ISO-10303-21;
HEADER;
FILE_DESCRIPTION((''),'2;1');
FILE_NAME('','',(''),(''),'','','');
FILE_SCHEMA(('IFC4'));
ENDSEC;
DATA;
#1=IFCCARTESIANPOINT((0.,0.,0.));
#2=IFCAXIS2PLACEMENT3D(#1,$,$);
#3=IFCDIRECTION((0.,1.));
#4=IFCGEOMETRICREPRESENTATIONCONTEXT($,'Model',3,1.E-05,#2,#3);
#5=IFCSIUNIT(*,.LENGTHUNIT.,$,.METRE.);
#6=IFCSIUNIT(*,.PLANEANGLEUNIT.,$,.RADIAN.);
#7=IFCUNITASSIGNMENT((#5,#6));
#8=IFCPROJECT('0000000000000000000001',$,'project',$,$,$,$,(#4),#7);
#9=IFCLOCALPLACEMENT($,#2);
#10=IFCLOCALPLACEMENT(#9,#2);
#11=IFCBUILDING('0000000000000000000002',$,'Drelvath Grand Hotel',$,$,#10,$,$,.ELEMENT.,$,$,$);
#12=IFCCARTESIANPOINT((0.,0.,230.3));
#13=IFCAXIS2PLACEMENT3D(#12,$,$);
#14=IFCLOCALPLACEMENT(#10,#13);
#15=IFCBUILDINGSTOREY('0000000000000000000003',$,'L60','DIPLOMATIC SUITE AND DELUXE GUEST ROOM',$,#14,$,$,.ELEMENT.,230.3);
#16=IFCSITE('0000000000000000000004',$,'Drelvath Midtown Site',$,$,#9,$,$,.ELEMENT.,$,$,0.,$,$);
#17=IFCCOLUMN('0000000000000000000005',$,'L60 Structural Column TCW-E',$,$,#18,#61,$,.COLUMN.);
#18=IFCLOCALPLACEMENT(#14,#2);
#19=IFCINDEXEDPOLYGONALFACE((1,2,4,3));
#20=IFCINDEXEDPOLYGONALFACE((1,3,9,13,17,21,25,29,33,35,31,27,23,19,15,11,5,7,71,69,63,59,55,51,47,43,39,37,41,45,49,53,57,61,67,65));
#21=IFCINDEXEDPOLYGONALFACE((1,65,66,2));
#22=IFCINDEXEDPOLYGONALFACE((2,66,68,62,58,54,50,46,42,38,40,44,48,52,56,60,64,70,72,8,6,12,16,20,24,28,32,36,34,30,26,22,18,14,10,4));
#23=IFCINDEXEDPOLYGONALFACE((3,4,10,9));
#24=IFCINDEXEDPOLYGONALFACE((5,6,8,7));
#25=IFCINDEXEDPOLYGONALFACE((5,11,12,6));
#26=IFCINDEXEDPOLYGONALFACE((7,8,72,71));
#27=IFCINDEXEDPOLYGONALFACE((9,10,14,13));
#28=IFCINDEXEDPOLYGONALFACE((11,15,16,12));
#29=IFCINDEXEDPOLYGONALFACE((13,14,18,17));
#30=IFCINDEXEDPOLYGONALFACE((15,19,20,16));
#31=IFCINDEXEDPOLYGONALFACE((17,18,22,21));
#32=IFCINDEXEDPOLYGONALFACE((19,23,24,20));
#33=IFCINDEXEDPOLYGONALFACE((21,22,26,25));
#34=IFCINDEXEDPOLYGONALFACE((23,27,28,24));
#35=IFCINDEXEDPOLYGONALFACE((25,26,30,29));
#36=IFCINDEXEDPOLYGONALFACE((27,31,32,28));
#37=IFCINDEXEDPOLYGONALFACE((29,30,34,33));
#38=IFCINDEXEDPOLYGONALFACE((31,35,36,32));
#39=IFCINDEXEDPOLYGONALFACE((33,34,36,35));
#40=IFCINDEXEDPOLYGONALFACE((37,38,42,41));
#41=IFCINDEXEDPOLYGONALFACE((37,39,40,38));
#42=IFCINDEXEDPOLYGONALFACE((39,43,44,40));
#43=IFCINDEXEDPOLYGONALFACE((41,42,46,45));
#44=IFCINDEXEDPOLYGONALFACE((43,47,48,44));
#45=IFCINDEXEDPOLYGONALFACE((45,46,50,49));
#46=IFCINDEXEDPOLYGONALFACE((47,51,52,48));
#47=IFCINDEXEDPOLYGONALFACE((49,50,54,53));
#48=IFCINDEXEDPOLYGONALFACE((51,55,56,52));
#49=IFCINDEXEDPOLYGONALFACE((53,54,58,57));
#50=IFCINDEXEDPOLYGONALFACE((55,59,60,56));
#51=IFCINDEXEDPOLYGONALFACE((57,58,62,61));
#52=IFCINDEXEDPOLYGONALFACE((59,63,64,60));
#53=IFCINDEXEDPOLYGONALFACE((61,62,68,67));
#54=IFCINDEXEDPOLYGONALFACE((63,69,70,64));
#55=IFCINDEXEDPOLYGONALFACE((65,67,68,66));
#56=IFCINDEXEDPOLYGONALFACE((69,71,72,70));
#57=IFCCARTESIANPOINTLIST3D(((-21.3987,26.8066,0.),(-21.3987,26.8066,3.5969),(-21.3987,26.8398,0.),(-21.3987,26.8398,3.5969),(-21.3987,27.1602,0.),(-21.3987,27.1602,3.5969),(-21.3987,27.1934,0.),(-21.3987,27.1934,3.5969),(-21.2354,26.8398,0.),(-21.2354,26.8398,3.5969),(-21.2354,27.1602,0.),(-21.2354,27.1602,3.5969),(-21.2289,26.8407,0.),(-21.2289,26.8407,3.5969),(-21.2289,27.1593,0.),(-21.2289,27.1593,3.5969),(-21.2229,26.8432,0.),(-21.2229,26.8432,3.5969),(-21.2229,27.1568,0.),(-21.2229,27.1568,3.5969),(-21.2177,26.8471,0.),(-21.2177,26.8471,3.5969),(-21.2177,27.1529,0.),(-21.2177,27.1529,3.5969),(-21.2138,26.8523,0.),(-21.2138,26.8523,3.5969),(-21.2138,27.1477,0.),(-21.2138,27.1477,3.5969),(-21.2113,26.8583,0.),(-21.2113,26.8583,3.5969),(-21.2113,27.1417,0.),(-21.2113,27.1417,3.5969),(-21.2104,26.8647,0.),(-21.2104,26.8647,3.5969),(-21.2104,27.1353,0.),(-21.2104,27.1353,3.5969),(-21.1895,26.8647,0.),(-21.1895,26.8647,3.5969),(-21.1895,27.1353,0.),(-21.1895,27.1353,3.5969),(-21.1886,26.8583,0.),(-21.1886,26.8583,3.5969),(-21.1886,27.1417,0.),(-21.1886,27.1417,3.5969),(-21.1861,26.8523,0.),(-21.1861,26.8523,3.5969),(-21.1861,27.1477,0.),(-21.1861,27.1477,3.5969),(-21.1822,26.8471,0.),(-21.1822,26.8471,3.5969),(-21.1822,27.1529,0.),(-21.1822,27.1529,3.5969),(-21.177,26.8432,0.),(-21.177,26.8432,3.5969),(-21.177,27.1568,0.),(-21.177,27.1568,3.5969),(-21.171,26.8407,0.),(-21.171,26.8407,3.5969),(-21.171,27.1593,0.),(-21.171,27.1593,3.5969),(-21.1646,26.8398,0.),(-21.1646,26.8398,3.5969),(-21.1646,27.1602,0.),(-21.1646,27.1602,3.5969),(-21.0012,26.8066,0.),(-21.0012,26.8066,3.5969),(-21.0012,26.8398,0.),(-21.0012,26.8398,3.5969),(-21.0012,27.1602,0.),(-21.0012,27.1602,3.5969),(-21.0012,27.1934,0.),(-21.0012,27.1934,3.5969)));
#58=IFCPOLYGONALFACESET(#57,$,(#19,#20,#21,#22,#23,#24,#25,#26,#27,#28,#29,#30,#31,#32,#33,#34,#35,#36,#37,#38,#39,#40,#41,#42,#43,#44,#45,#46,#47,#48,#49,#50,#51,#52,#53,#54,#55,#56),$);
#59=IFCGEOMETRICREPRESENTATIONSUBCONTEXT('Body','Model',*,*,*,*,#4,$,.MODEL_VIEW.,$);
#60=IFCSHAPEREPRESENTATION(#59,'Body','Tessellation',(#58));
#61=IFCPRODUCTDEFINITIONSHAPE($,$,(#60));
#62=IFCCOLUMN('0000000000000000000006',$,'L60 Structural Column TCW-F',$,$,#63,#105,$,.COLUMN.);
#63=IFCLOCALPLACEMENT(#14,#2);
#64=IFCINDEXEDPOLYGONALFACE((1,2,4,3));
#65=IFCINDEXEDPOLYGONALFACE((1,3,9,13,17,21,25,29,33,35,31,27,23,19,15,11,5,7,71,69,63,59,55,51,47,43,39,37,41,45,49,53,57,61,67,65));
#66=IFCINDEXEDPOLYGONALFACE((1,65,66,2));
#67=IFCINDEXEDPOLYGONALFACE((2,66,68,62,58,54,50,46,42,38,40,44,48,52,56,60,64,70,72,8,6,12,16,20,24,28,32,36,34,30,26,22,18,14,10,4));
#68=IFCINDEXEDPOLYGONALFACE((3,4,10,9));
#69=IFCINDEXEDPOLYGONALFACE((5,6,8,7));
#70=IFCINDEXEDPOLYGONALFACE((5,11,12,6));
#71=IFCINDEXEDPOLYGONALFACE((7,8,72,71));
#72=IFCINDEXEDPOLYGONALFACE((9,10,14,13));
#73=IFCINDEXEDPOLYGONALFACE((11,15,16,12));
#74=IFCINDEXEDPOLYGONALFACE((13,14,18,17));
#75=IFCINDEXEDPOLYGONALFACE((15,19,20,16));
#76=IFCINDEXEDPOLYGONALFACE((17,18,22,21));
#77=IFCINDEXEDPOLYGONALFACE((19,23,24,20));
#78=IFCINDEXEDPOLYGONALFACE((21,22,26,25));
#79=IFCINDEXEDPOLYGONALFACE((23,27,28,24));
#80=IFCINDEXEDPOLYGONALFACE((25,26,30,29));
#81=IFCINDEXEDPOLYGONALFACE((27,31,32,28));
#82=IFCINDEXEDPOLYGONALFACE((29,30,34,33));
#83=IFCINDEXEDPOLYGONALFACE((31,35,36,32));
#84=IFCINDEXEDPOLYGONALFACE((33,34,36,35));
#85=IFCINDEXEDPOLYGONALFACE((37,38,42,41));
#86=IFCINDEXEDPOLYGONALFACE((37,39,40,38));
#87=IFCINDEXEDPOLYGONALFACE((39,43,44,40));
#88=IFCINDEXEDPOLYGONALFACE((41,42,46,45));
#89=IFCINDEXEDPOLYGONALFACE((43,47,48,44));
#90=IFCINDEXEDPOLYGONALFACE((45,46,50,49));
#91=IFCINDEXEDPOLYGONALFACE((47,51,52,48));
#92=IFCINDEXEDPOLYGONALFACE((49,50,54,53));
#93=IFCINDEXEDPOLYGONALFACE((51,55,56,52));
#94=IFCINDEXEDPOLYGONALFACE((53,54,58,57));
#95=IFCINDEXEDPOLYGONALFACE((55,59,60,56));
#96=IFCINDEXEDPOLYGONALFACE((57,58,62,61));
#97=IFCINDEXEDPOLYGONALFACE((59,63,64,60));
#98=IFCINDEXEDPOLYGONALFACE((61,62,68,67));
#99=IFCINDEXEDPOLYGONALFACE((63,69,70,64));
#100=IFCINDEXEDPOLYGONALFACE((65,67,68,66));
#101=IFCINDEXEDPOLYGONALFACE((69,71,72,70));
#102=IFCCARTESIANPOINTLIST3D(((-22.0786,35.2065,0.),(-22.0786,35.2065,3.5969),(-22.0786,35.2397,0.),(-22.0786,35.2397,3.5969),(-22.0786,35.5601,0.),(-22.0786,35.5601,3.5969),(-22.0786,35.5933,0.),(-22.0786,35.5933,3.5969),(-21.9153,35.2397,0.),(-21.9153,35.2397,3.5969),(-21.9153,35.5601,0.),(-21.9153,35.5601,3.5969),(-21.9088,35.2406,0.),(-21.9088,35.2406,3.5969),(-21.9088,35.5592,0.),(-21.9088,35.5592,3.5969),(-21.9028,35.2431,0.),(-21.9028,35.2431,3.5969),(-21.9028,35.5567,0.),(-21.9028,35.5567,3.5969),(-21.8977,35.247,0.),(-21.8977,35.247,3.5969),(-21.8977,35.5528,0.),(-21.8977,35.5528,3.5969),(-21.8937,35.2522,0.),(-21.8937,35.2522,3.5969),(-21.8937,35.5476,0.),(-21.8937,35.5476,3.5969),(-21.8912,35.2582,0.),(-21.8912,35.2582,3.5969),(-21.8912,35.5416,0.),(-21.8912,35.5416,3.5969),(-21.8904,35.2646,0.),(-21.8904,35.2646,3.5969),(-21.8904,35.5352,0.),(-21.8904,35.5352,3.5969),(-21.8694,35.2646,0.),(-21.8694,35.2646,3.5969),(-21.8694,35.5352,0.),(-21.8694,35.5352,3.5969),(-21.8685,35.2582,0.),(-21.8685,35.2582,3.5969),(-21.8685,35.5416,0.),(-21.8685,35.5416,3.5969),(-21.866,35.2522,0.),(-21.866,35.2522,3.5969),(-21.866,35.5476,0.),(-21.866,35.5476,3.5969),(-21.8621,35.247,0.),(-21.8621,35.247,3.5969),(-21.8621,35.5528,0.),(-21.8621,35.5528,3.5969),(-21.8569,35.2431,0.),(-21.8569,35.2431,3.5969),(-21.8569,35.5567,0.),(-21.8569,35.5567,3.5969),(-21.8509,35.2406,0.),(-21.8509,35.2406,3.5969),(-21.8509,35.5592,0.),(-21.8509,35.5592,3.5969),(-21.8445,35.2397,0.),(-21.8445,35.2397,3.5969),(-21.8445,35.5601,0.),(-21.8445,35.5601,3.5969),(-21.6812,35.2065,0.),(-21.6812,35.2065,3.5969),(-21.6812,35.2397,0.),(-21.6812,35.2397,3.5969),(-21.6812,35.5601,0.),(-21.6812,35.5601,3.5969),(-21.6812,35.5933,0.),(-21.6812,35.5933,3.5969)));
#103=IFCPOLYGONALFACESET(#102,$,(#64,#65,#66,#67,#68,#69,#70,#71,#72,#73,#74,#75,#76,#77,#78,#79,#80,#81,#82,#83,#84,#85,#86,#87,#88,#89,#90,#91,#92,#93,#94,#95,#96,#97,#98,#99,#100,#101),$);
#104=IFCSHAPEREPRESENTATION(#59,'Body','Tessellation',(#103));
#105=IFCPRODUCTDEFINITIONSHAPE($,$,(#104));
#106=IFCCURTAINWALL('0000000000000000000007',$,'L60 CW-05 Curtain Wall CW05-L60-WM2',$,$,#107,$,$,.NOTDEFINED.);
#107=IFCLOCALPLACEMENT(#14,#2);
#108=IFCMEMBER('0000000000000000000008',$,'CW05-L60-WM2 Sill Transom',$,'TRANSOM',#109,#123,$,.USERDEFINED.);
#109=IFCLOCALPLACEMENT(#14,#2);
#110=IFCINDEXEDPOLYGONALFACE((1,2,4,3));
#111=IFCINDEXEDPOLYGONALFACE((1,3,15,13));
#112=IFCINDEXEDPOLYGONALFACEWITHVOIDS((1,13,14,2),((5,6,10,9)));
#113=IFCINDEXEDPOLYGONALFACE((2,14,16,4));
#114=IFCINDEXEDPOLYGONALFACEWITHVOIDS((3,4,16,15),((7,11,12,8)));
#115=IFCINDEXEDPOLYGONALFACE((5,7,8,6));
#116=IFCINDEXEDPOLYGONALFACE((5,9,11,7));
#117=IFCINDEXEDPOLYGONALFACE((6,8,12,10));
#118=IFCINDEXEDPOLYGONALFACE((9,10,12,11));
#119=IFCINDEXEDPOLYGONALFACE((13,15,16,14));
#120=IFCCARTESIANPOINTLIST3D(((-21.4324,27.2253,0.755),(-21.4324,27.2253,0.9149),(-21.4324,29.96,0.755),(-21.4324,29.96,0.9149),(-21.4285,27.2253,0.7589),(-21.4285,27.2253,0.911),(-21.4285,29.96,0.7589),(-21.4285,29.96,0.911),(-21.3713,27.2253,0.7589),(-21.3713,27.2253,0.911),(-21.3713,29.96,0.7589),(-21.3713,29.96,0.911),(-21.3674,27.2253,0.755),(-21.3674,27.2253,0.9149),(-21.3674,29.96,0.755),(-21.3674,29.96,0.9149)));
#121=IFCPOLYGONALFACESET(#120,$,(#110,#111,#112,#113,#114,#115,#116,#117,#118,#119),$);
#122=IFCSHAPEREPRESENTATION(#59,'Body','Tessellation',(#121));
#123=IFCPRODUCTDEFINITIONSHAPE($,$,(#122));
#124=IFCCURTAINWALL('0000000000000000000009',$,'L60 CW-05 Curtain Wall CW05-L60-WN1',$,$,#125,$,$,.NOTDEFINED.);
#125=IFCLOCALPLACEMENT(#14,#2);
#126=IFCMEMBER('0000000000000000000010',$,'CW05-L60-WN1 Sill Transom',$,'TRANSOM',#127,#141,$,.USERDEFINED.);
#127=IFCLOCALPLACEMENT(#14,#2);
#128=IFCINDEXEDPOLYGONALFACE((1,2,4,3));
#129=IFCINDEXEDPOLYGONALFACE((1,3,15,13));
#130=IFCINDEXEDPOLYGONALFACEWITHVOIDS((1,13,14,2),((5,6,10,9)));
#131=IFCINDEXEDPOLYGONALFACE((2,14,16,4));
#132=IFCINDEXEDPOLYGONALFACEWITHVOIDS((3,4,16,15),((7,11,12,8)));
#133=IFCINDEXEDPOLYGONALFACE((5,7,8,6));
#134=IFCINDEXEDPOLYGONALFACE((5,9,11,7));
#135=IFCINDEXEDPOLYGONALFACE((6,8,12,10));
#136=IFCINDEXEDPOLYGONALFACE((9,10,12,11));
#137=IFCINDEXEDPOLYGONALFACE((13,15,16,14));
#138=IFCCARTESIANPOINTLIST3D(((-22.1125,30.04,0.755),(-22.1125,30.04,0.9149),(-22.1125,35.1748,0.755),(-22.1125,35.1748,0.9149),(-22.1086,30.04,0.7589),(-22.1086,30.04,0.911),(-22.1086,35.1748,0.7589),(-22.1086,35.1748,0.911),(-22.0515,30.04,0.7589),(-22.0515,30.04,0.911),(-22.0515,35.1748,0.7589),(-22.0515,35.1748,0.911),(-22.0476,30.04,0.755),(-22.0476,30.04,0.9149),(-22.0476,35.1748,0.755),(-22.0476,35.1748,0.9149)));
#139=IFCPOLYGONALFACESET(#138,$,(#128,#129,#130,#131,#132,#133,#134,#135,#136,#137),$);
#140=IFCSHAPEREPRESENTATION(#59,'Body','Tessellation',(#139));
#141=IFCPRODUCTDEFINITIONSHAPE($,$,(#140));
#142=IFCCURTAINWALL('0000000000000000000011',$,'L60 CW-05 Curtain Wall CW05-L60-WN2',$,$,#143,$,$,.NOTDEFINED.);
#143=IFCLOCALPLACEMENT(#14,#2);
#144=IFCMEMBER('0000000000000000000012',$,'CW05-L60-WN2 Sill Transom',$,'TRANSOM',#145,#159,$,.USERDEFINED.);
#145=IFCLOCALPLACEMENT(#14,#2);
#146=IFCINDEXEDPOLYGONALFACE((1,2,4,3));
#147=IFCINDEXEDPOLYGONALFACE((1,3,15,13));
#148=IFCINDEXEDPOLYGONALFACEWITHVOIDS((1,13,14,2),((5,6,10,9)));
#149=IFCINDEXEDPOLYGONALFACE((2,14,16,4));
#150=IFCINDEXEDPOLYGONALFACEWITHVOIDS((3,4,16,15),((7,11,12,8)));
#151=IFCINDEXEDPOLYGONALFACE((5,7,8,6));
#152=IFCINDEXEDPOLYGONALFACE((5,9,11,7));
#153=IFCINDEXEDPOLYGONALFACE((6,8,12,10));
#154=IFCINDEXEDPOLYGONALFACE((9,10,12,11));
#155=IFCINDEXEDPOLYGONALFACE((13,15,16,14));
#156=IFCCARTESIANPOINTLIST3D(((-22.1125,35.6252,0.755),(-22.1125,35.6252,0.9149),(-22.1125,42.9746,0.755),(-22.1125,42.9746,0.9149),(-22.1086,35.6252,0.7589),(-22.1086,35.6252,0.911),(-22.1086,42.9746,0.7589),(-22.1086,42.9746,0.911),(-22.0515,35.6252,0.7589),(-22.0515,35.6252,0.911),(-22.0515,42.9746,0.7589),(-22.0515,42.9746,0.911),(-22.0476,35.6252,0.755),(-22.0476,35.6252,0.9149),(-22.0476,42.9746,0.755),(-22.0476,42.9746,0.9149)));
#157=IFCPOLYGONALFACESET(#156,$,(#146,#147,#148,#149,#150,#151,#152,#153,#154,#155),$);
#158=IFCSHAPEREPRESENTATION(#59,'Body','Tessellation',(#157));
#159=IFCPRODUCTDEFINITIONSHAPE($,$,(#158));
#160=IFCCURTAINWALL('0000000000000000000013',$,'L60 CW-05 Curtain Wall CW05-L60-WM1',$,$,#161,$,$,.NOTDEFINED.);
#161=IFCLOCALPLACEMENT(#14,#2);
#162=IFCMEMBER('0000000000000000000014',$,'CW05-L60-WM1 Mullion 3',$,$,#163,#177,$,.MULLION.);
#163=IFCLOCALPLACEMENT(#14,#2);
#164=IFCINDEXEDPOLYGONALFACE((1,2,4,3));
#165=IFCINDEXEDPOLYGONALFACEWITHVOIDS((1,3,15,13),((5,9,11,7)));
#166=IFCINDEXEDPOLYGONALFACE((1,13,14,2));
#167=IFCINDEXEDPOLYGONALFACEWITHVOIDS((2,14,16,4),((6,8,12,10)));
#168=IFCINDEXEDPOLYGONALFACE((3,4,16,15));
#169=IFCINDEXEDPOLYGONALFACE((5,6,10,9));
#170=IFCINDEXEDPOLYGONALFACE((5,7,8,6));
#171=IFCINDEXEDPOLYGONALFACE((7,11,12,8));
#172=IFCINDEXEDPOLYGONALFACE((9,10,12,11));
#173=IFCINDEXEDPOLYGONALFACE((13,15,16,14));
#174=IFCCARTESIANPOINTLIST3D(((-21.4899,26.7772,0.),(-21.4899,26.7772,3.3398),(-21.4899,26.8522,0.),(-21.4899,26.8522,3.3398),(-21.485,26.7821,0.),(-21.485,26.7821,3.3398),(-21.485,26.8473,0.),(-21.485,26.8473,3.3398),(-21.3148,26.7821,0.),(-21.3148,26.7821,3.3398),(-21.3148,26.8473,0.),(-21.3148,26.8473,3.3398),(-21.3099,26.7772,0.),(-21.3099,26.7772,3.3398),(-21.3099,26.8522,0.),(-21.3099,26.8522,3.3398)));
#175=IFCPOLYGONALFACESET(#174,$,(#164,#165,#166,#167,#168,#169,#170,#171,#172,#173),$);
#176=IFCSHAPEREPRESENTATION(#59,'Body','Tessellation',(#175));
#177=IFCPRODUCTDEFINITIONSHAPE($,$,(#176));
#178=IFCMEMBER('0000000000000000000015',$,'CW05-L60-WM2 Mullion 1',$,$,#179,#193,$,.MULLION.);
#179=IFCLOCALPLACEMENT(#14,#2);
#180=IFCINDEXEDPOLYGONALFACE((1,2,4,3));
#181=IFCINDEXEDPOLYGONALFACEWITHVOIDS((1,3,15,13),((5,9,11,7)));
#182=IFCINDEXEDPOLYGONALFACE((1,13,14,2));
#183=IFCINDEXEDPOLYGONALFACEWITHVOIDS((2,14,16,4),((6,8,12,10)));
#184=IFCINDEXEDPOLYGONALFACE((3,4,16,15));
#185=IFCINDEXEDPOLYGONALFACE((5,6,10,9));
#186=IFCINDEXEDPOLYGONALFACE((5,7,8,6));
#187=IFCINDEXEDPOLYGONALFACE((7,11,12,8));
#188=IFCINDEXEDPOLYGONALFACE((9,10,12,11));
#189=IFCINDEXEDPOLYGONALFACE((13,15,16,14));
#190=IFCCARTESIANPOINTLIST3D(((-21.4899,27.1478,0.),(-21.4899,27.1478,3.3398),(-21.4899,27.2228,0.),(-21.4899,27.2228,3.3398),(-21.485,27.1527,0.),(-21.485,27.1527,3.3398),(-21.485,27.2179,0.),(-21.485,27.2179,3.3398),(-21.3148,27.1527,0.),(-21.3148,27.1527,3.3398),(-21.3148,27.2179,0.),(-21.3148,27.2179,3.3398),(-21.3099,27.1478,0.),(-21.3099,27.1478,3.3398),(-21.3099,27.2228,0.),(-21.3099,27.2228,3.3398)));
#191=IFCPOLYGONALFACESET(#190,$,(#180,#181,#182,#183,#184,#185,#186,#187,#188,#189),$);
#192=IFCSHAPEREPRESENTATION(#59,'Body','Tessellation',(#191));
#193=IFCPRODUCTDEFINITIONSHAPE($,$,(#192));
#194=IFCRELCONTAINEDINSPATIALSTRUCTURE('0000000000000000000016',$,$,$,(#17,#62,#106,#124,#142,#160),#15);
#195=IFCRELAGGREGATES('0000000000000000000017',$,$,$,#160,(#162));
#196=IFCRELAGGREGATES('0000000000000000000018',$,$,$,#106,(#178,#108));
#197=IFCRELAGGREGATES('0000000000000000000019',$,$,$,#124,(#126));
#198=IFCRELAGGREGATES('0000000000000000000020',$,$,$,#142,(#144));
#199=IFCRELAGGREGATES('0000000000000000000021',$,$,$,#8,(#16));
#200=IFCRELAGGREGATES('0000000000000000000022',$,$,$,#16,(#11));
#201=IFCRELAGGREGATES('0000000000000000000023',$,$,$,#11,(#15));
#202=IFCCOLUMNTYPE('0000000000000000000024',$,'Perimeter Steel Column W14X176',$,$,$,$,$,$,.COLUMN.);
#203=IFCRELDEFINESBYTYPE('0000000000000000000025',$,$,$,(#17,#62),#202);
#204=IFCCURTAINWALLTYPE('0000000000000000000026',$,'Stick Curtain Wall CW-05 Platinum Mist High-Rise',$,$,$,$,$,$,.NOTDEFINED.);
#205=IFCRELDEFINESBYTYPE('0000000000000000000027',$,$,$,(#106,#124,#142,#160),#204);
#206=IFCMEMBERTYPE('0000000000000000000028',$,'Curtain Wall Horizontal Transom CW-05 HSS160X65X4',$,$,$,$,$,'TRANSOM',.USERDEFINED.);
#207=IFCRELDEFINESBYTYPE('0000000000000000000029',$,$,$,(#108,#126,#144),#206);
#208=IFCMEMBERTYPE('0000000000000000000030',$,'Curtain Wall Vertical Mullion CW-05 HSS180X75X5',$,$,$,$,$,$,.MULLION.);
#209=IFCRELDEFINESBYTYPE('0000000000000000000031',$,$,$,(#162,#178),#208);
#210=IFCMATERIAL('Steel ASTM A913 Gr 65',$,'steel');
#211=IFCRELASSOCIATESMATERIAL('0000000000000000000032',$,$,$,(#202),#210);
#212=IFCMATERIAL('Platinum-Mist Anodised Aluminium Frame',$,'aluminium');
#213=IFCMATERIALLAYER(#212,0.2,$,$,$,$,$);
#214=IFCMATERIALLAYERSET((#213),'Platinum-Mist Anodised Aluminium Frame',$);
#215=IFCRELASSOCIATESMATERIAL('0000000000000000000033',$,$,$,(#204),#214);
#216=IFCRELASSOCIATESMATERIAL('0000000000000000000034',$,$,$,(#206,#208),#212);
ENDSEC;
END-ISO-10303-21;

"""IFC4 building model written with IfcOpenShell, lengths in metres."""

from ifc_helpers import new_model, si_unit, direction, frame, origin, origin_2d, place, context, subcontext, project, spatial, hollow_rectangle, i_section, extrude, material, layer, layer_set, material_profile, profile_set, type_object, element, aggregate, save


model = new_model("IFC4")

# Units and contexts
model_context = context("Model", 3, precision=1e-05, world=origin(), true_north=direction((0.0, 1.0)))
body_context = subcontext(model_context, "Body", "Model", "MODEL_VIEW")
ifc_project = project(units=[si_unit("LENGTHUNIT", "METRE"), si_unit("PLANEANGLEUNIT", "RADIAN")], contexts=[model_context])

# Site, building, storey
site_placement = place(None, origin())
site = spatial("IfcSite", under=ifc_project, at=site_placement, Name="Drelvath Midtown Site", CompositionType="ELEMENT", RefElevation=0.0)
building_placement = place(site_placement, origin())
building = spatial("IfcBuilding", under=site, at=building_placement, Name="Drelvath Grand Hotel", CompositionType="ELEMENT")
storey_placement = place(building_placement, frame((0.0, 0.0, 230.3)))
storey = spatial("IfcBuildingStorey", under=building, at=storey_placement, Name="L60", Description="DIPLOMATIC SUITE AND DELUXE GUEST ROOM", CompositionType="ELEMENT", Elevation=230.3)

# Columns
ifc_material_1 = material(Name="Steel ASTM A913 Gr 65", Category="steel")
ifc_material_profile_1 = material_profile(ifc_material_1, i_section(OverallWidth=0.3975, OverallDepth=0.3867, WebThickness=0.021, FlangeThickness=0.0332, FilletRadius=0.0249, at=origin_2d()), Name="W14X176")
ifc_profile_set_1 = profile_set([ifc_material_profile_1], Name="Steel ASTM A913 Gr 65")
column_type = type_object("IfcColumnType", Name="Perimeter Steel Column W14X176", PredefinedType="COLUMN", material=ifc_profile_set_1)
for number, where, z_axis, x_axis, name in (
    (1, (-21.2, 27.0, 0.0), (0.0, 0.0, 1.0), (1.0, 0.0, 0.0), "L60 Structural Column TCW-E"),
    (2, (-21.8799, 35.3999, 0.0), (0.0, 0.0, 1.0), (1.0, 0.0, 0.0), "L60 Structural Column TCW-F"),
):
    element("IfcColumn", number, at=place(storey_placement, frame(where, z_axis=z_axis, x_axis=x_axis)), inside=storey, type_object=column_type, Name=name, PredefinedType="COLUMN", context=body_context, shape_type="SweptSolid", body=[
        extrude(i_section(OverallWidth=0.3975, OverallDepth=0.3867, WebThickness=0.021, FlangeThickness=0.0332, FilletRadius=0.0249, at=origin_2d()), origin(), (0.0, 0.0, 1.0), 3.5969),
    ])

# Curtain walls, members
ifc_material_2 = material(Name="Platinum-Mist Anodised Aluminium Frame", Category="aluminium")
ifc_layer_1 = layer(ifc_material_2, 0.2)
ifc_layer_set_1 = layer_set([ifc_layer_1], Name="Platinum-Mist Anodised Aluminium Frame")
curtain_wall_type = type_object("IfcCurtainWallType", Name="Stick Curtain Wall CW-05 Platinum Mist High-Rise", PredefinedType="NOTDEFINED", material=ifc_layer_set_1)
curtain_wall_1_placement = place(storey_placement, origin())
curtain_wall_1 = element("IfcCurtainWall", 3, at=curtain_wall_1_placement, inside=storey, type_object=curtain_wall_type, Name="L60 CW-05 Curtain Wall CW05-L60-WM2", PredefinedType="NOTDEFINED")
ifc_material_profile_2 = material_profile(ifc_material_2, hollow_rectangle(XDim=0.0649, YDim=0.1599, WallThickness=0.0039, at=origin_2d()), Name="HSS160X65X4")
ifc_profile_set_2 = profile_set([ifc_material_profile_2], Name="Platinum-Mist Anodised Aluminium Frame")
member_type_1 = type_object("IfcMemberType", Name="Curtain Wall Horizontal Transom CW-05 HSS160X65X4", ElementType="TRANSOM", PredefinedType="USERDEFINED", material=ifc_profile_set_2)
member_1_placement = place(storey_placement, frame((-21.3999, 27.2253, 0.835), z_axis=(0.0, 1.0, 0.0), x_axis=(-1.0, 0.0, 0.0)))
member_1 = element("IfcMember", 4, at=member_1_placement, type_object=member_type_1, Name="CW05-L60-WM2 Sill Transom", ObjectType="TRANSOM", PredefinedType="USERDEFINED", context=body_context, shape_type="SweptSolid", body=[
    extrude(hollow_rectangle(XDim=0.0649, YDim=0.1599, WallThickness=0.0039, at=origin_2d()), origin(), (0.0, 0.0, 1.0), 2.7346),
])
curtain_wall_2_placement = place(storey_placement, origin())
curtain_wall_2 = element("IfcCurtainWall", 5, at=curtain_wall_2_placement, inside=storey, type_object=curtain_wall_type, Name="L60 CW-05 Curtain Wall CW05-L60-WN1", PredefinedType="NOTDEFINED")
member_2_placement = place(storey_placement, frame((-22.0801, 30.04, 0.835), z_axis=(0.0, 1.0, 0.0), x_axis=(-1.0, 0.0, 0.0)))
member_2 = element("IfcMember", 6, at=member_2_placement, type_object=member_type_1, Name="CW05-L60-WN1 Sill Transom", ObjectType="TRANSOM", PredefinedType="USERDEFINED", context=body_context, shape_type="SweptSolid", body=[
    extrude(hollow_rectangle(XDim=0.0649, YDim=0.1599, WallThickness=0.0039, at=origin_2d()), origin(), (0.0, 0.0, 1.0), 5.1348),
])
curtain_wall_3_placement = place(storey_placement, origin())
curtain_wall_3 = element("IfcCurtainWall", 7, at=curtain_wall_3_placement, inside=storey, type_object=curtain_wall_type, Name="L60 CW-05 Curtain Wall CW05-L60-WN2", PredefinedType="NOTDEFINED")
member_3_placement = place(storey_placement, frame((-22.0801, 35.6252, 0.835), z_axis=(0.0, 1.0, 0.0), x_axis=(-1.0, 0.0, 0.0)))
member_3 = element("IfcMember", 8, at=member_3_placement, type_object=member_type_1, Name="CW05-L60-WN2 Sill Transom", ObjectType="TRANSOM", PredefinedType="USERDEFINED", context=body_context, shape_type="SweptSolid", body=[
    extrude(hollow_rectangle(XDim=0.0649, YDim=0.1599, WallThickness=0.0039, at=origin_2d()), origin(), (0.0, 0.0, 1.0), 7.3494),
])
curtain_wall_4_placement = place(storey_placement, origin())
curtain_wall_4 = element("IfcCurtainWall", 9, at=curtain_wall_4_placement, inside=storey, type_object=curtain_wall_type, Name="L60 CW-05 Curtain Wall CW05-L60-WM1", PredefinedType="NOTDEFINED")
ifc_material_profile_3 = material_profile(ifc_material_2, hollow_rectangle(XDim=0.075, YDim=0.1799, WallThickness=0.0049, at=origin_2d()), Name="HSS180X75X5")
ifc_profile_set_3 = profile_set([ifc_material_profile_3], Name="Platinum-Mist Anodised Aluminium Frame")
member_type_2 = type_object("IfcMemberType", Name="Curtain Wall Vertical Mullion CW-05 HSS180X75X5", PredefinedType="MULLION", material=ifc_profile_set_3)
member_4_placement = place(storey_placement, frame((-21.3999, 26.8147, 0.0), z_axis=(0.0, 0.0, 1.0), x_axis=(0.0, 1.0, 0.0)))
member_4 = element("IfcMember", 10, at=member_4_placement, type_object=member_type_2, Name="CW05-L60-WM1 Mullion 3", PredefinedType="MULLION", context=body_context, shape_type="SweptSolid", body=[
    extrude(hollow_rectangle(XDim=0.075, YDim=0.1799, WallThickness=0.0049, at=origin_2d()), origin(), (0.0, 0.0, 1.0), 3.3398),
])
aggregate(curtain_wall_4, [member_4])

# Member
member_5_placement = place(storey_placement, frame((-21.3999, 27.1853, 0.0), z_axis=(0.0, 0.0, 1.0), x_axis=(0.0, 1.0, 0.0)))
member_5 = element("IfcMember", 11, at=member_5_placement, type_object=member_type_2, Name="CW05-L60-WM2 Mullion 1", PredefinedType="MULLION", context=body_context, shape_type="SweptSolid", body=[
    extrude(hollow_rectangle(XDim=0.075, YDim=0.1799, WallThickness=0.0049, at=origin_2d()), origin(), (0.0, 0.0, 1.0), 3.3398),
])

aggregate(curtain_wall_1, [member_5, member_1])
aggregate(curtain_wall_2, [member_2])
aggregate(curtain_wall_3, [member_3])

save(model, "model.ifc")
